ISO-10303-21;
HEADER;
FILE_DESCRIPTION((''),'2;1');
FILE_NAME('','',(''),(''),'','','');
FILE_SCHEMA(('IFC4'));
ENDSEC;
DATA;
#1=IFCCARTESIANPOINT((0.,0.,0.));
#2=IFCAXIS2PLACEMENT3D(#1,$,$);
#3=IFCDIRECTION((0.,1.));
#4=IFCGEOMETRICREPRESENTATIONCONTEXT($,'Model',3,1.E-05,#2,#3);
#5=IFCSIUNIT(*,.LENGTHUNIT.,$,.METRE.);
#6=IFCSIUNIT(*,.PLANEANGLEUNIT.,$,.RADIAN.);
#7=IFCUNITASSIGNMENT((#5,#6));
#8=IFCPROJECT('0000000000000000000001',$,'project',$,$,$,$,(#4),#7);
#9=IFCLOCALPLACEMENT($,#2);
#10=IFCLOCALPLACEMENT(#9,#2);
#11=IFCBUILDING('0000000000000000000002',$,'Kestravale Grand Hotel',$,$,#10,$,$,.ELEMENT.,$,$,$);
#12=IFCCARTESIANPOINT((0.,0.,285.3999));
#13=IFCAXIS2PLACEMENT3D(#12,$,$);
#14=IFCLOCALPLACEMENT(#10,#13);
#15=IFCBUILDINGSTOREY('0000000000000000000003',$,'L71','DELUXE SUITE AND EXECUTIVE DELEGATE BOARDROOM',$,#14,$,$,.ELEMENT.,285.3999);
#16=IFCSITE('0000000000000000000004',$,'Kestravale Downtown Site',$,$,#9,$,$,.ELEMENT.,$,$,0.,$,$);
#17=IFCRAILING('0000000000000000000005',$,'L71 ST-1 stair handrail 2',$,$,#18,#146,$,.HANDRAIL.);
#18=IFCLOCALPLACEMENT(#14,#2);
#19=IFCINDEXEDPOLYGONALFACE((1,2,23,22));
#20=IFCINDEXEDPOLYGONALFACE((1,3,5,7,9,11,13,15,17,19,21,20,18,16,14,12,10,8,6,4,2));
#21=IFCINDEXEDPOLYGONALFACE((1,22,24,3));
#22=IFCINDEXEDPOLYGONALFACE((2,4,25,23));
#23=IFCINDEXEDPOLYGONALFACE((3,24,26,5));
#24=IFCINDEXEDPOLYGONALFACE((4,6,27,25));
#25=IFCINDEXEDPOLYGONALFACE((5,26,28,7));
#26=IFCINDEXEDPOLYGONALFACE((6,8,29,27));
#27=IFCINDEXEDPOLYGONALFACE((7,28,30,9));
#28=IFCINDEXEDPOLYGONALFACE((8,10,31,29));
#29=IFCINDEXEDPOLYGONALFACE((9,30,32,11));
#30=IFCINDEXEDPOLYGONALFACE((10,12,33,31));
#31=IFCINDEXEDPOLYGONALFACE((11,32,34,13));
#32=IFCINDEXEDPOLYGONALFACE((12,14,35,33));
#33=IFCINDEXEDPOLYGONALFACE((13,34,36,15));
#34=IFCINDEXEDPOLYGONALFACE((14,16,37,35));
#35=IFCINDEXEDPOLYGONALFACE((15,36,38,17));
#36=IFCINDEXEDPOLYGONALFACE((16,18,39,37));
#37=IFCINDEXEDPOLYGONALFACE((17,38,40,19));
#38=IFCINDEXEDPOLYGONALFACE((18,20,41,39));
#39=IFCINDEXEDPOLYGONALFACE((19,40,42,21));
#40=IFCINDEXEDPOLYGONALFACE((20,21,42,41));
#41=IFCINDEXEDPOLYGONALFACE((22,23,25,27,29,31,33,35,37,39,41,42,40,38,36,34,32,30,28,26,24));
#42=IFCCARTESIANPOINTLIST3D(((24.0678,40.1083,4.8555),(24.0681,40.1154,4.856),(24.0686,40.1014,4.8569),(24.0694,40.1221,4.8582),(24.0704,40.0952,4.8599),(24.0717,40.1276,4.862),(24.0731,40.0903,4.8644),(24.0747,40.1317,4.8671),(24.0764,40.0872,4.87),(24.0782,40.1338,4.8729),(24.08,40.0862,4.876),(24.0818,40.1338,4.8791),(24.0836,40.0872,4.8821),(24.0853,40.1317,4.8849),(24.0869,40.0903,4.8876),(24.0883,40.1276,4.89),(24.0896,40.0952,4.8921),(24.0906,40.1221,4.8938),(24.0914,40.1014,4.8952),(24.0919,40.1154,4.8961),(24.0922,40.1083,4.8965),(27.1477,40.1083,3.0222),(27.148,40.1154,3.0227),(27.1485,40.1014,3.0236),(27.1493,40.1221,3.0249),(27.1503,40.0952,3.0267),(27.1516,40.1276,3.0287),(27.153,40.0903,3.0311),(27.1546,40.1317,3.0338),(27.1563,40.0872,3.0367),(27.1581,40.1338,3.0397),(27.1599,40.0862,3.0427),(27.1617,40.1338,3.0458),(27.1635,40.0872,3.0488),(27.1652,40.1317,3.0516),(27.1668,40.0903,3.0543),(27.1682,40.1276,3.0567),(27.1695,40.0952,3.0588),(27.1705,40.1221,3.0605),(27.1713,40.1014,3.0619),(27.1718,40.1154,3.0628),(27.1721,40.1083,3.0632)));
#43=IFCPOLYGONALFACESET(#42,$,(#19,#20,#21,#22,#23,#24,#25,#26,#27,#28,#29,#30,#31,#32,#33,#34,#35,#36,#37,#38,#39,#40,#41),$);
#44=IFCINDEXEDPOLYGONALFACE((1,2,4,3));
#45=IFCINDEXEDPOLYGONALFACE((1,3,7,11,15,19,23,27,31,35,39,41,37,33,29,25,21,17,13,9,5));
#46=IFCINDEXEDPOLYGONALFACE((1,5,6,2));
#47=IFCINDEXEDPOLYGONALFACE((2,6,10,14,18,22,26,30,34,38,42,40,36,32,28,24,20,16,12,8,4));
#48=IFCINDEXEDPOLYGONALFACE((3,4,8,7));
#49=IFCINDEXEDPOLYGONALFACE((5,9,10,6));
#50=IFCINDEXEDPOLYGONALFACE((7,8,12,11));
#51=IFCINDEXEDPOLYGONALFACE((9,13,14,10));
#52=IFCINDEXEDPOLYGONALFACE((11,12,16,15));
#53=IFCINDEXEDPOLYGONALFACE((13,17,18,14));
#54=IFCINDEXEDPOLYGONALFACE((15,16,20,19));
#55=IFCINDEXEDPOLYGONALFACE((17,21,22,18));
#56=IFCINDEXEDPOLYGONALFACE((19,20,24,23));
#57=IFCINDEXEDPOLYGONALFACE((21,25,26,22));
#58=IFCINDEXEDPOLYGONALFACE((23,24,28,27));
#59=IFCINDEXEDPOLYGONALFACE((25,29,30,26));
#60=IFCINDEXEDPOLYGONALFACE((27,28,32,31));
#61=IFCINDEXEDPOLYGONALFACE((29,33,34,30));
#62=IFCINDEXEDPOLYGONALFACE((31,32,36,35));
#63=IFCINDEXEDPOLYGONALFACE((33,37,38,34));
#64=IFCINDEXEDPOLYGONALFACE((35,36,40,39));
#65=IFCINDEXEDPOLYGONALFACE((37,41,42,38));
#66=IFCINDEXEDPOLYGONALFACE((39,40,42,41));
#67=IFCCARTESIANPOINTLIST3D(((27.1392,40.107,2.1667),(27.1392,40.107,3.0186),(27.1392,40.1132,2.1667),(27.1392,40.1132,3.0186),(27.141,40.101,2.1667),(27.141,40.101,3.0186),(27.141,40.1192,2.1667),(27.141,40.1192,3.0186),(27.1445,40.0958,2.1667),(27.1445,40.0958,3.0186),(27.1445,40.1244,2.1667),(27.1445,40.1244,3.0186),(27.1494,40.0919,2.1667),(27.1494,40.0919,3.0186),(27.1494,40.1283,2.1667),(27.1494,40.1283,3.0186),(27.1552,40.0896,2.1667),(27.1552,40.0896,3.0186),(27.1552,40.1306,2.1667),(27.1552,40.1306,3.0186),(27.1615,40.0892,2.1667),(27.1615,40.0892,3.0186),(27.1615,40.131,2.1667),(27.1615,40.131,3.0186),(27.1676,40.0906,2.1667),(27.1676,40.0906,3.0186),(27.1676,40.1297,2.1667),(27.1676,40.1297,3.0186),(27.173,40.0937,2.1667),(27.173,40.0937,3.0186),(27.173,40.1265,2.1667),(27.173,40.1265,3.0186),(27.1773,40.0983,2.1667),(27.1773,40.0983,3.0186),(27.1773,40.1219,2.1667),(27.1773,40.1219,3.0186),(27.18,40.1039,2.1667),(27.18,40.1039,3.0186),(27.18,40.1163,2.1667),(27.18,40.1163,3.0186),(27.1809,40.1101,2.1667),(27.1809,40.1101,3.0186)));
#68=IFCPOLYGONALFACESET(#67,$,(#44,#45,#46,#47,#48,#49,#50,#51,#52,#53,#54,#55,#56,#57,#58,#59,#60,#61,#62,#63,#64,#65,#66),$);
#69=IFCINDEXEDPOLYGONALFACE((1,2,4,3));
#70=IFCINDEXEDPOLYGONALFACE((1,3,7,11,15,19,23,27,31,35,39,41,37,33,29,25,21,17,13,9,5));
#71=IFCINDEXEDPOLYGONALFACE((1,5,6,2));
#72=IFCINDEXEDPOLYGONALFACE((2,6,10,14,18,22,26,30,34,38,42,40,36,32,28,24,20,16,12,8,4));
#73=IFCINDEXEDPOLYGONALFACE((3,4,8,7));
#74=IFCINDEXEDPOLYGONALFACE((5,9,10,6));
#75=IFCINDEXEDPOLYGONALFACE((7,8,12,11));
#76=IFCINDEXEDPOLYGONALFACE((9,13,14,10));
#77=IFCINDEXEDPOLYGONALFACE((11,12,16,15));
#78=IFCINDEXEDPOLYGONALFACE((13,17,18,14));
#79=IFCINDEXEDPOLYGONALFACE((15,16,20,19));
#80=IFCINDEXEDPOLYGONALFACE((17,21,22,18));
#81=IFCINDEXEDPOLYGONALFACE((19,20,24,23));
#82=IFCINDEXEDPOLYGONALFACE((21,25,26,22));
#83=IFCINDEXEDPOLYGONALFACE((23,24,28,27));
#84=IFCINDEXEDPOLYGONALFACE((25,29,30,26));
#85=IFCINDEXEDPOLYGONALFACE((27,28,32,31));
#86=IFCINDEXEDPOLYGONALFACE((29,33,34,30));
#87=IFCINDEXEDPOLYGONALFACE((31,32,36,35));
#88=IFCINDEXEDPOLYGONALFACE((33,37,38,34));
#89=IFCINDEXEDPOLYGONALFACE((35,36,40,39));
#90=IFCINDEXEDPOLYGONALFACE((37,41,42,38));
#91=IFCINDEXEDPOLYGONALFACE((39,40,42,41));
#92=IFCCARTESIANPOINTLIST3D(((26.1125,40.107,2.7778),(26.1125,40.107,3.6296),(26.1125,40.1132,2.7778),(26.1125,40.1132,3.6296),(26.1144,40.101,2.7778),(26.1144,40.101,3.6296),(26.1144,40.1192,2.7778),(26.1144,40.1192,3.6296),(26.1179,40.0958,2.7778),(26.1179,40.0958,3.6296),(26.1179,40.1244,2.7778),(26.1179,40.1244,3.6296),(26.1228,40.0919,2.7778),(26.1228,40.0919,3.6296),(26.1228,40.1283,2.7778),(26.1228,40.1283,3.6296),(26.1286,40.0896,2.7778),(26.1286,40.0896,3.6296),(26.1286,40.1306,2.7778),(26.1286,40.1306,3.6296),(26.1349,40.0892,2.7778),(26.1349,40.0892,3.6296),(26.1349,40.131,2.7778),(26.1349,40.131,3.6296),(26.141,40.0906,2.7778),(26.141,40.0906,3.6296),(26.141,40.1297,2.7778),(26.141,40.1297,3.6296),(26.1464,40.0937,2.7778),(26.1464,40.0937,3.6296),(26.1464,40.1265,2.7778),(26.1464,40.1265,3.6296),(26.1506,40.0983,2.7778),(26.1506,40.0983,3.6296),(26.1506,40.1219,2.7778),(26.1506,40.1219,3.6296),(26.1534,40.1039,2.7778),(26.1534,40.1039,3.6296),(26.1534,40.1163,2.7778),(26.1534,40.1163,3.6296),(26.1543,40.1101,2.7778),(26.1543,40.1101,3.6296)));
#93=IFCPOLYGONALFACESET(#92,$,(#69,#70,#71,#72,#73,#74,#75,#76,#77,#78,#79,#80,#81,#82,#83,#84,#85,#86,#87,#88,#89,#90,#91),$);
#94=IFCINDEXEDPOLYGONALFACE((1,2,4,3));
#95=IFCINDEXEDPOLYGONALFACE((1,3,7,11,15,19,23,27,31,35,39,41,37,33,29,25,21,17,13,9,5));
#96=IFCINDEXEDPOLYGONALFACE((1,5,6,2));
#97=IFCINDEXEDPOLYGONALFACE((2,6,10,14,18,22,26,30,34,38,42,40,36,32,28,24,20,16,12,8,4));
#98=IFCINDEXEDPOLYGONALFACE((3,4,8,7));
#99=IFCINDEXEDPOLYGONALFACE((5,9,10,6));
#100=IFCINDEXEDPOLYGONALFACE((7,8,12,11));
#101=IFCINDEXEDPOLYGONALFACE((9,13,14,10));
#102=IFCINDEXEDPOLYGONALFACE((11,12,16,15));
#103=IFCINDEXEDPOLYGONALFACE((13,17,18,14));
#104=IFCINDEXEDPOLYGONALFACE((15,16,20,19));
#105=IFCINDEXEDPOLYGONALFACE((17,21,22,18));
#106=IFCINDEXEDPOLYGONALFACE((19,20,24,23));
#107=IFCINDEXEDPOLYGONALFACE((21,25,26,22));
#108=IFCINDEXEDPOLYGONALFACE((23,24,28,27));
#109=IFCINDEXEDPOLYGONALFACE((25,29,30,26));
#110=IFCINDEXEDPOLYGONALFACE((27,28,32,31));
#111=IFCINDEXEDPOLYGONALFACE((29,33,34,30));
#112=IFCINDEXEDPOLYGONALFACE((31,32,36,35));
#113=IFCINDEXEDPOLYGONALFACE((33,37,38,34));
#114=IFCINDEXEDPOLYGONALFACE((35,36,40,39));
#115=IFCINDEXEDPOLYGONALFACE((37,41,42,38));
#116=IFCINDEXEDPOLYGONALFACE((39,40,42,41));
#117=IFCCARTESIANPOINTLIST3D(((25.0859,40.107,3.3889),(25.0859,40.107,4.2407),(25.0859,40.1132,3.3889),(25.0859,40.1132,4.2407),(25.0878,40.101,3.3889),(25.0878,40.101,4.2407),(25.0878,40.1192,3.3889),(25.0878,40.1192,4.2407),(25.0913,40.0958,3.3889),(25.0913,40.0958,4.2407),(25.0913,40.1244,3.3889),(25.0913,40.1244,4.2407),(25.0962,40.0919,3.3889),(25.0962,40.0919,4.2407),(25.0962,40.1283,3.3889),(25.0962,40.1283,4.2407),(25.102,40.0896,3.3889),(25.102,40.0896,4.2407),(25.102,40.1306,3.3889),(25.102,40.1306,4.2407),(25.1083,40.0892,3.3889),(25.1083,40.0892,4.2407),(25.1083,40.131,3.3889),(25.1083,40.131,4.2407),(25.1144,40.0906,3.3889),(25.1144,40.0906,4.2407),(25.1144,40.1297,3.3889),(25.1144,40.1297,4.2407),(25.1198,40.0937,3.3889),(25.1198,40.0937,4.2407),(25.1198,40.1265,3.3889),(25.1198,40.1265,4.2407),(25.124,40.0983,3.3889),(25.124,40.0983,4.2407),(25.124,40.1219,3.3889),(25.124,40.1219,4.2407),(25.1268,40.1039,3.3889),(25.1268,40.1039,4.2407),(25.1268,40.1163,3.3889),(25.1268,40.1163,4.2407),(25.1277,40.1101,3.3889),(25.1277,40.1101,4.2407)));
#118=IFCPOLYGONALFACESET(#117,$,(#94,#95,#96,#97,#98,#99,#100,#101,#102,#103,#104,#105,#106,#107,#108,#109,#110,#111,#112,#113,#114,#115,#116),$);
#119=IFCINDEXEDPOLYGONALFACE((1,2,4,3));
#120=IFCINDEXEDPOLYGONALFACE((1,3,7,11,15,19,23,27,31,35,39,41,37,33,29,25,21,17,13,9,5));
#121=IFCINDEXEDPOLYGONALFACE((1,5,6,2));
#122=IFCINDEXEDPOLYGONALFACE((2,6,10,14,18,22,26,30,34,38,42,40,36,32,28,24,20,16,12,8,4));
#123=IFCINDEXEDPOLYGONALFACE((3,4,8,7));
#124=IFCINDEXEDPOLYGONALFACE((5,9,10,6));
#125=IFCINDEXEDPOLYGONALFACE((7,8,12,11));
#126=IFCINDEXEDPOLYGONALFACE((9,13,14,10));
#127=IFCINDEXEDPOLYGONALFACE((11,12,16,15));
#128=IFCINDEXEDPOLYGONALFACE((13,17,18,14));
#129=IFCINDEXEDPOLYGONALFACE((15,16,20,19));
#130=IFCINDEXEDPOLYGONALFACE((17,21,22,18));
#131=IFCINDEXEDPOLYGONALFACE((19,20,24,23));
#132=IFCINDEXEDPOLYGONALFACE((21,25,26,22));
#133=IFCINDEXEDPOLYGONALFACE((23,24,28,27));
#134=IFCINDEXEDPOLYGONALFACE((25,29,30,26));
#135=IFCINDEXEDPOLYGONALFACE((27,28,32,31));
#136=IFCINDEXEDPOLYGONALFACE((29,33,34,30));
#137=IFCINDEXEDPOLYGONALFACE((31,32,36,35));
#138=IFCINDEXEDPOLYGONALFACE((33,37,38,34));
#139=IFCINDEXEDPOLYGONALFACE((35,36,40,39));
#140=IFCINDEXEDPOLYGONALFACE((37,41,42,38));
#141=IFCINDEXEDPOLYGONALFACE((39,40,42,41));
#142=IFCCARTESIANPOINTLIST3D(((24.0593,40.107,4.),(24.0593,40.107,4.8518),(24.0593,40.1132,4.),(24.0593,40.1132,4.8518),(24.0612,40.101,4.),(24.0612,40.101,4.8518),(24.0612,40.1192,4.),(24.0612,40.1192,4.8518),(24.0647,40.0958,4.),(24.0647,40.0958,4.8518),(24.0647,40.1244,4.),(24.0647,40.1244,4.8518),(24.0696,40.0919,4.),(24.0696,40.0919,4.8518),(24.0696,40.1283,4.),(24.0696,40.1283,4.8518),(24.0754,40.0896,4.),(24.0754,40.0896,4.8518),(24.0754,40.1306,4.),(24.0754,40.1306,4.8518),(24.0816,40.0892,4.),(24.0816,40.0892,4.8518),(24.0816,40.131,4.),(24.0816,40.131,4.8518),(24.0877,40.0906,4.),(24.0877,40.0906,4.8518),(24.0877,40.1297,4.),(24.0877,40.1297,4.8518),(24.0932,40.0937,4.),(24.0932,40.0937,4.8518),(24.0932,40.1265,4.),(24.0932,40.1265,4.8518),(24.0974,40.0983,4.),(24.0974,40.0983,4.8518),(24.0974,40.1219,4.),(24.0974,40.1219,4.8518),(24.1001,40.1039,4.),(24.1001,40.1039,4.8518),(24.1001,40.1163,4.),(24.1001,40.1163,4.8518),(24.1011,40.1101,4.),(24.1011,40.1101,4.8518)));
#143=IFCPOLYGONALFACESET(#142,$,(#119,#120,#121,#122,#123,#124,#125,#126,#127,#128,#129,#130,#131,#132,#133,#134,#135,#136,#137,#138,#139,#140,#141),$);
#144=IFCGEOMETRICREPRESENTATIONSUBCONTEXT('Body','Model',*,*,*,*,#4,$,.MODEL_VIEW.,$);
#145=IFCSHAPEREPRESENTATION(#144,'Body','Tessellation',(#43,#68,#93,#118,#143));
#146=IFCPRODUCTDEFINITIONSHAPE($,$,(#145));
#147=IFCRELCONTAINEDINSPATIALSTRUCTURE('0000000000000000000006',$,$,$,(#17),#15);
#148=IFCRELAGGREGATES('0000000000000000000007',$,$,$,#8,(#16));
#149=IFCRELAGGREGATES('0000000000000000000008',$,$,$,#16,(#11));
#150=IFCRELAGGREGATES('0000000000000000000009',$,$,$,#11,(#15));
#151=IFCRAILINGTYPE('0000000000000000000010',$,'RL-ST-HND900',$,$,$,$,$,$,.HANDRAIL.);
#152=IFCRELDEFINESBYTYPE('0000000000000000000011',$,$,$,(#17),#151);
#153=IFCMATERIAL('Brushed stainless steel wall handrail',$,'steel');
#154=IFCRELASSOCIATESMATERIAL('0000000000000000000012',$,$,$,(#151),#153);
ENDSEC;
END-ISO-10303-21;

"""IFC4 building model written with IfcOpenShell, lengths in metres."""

from ifc_helpers import new_model, si_unit, direction, frame, origin, origin_2d, place, context, subcontext, project, spatial, circle, extrude, material, type_object, element, save


model = new_model("IFC4")

# Units and contexts
model_context = context("Model", 3, precision=1e-05, world=origin(), true_north=direction((0.0, 1.0)))
body_context = subcontext(model_context, "Body", "Model", "MODEL_VIEW")
ifc_project = project(units=[si_unit("LENGTHUNIT", "METRE"), si_unit("PLANEANGLEUNIT", "RADIAN")], contexts=[model_context])

# Site, building, storey
site_placement = place(None, origin())
site = spatial("IfcSite", under=ifc_project, at=site_placement, Name="Kestravale Downtown Site", CompositionType="ELEMENT", RefElevation=0.0)
building_placement = place(site_placement, origin())
building = spatial("IfcBuilding", under=site, at=building_placement, Name="Kestravale Grand Hotel", CompositionType="ELEMENT")
storey_placement = place(building_placement, frame((0.0, 0.0, 285.3999)))
storey = spatial("IfcBuildingStorey", under=building, at=storey_placement, Name="L71", Description="DELUXE SUITE AND EXECUTIVE DELEGATE BOARDROOM", CompositionType="ELEMENT", Elevation=285.3999)

# Railing
ifc_material_1 = material(Name="Brushed stainless steel wall handrail", Category="steel")
railing_type_1 = type_object("IfcRailingType", Name="RL-ST-HND900", PredefinedType="HANDRAIL", material=ifc_material_1)
railing_1_placement = place(storey_placement, frame((27.1599, 40.1101, 2.1667)))
element("IfcRailing", 1, at=railing_1_placement, inside=storey, type_object=railing_type_1, Name="L71 ST-1 stair handrail 2", PredefinedType="HANDRAIL", context=body_context, shape_type="SweptSolid", body=[
    extrude(circle(Radius=0.0239, at=origin_2d()), frame((0.0, 0.0, 0.876), z_axis=(-0.859291, 0.0, 0.511487), x_axis=(0.0, -1.0, 0.0)), (0.0, 0.0, 1.0), 3.5842),
    extrude(circle(Radius=0.021, at=origin_2d()), origin(), (0.0, 0.0, 1.0), 0.8518),
    extrude(circle(Radius=0.021, at=origin_2d()), frame((-1.0266, 0.0, 0.6111)), (0.0, 0.0, 1.0), 0.8518),
    extrude(circle(Radius=0.021, at=origin_2d()), frame((-2.0532, 0.0, 1.2222)), (0.0, 0.0, 1.0), 0.8518),
    extrude(circle(Radius=0.021, at=origin_2d()), frame((-3.0798, 0.0, 1.8333)), (0.0, 0.0, 1.0), 0.8518),
])

save(model, "model.ifc")
